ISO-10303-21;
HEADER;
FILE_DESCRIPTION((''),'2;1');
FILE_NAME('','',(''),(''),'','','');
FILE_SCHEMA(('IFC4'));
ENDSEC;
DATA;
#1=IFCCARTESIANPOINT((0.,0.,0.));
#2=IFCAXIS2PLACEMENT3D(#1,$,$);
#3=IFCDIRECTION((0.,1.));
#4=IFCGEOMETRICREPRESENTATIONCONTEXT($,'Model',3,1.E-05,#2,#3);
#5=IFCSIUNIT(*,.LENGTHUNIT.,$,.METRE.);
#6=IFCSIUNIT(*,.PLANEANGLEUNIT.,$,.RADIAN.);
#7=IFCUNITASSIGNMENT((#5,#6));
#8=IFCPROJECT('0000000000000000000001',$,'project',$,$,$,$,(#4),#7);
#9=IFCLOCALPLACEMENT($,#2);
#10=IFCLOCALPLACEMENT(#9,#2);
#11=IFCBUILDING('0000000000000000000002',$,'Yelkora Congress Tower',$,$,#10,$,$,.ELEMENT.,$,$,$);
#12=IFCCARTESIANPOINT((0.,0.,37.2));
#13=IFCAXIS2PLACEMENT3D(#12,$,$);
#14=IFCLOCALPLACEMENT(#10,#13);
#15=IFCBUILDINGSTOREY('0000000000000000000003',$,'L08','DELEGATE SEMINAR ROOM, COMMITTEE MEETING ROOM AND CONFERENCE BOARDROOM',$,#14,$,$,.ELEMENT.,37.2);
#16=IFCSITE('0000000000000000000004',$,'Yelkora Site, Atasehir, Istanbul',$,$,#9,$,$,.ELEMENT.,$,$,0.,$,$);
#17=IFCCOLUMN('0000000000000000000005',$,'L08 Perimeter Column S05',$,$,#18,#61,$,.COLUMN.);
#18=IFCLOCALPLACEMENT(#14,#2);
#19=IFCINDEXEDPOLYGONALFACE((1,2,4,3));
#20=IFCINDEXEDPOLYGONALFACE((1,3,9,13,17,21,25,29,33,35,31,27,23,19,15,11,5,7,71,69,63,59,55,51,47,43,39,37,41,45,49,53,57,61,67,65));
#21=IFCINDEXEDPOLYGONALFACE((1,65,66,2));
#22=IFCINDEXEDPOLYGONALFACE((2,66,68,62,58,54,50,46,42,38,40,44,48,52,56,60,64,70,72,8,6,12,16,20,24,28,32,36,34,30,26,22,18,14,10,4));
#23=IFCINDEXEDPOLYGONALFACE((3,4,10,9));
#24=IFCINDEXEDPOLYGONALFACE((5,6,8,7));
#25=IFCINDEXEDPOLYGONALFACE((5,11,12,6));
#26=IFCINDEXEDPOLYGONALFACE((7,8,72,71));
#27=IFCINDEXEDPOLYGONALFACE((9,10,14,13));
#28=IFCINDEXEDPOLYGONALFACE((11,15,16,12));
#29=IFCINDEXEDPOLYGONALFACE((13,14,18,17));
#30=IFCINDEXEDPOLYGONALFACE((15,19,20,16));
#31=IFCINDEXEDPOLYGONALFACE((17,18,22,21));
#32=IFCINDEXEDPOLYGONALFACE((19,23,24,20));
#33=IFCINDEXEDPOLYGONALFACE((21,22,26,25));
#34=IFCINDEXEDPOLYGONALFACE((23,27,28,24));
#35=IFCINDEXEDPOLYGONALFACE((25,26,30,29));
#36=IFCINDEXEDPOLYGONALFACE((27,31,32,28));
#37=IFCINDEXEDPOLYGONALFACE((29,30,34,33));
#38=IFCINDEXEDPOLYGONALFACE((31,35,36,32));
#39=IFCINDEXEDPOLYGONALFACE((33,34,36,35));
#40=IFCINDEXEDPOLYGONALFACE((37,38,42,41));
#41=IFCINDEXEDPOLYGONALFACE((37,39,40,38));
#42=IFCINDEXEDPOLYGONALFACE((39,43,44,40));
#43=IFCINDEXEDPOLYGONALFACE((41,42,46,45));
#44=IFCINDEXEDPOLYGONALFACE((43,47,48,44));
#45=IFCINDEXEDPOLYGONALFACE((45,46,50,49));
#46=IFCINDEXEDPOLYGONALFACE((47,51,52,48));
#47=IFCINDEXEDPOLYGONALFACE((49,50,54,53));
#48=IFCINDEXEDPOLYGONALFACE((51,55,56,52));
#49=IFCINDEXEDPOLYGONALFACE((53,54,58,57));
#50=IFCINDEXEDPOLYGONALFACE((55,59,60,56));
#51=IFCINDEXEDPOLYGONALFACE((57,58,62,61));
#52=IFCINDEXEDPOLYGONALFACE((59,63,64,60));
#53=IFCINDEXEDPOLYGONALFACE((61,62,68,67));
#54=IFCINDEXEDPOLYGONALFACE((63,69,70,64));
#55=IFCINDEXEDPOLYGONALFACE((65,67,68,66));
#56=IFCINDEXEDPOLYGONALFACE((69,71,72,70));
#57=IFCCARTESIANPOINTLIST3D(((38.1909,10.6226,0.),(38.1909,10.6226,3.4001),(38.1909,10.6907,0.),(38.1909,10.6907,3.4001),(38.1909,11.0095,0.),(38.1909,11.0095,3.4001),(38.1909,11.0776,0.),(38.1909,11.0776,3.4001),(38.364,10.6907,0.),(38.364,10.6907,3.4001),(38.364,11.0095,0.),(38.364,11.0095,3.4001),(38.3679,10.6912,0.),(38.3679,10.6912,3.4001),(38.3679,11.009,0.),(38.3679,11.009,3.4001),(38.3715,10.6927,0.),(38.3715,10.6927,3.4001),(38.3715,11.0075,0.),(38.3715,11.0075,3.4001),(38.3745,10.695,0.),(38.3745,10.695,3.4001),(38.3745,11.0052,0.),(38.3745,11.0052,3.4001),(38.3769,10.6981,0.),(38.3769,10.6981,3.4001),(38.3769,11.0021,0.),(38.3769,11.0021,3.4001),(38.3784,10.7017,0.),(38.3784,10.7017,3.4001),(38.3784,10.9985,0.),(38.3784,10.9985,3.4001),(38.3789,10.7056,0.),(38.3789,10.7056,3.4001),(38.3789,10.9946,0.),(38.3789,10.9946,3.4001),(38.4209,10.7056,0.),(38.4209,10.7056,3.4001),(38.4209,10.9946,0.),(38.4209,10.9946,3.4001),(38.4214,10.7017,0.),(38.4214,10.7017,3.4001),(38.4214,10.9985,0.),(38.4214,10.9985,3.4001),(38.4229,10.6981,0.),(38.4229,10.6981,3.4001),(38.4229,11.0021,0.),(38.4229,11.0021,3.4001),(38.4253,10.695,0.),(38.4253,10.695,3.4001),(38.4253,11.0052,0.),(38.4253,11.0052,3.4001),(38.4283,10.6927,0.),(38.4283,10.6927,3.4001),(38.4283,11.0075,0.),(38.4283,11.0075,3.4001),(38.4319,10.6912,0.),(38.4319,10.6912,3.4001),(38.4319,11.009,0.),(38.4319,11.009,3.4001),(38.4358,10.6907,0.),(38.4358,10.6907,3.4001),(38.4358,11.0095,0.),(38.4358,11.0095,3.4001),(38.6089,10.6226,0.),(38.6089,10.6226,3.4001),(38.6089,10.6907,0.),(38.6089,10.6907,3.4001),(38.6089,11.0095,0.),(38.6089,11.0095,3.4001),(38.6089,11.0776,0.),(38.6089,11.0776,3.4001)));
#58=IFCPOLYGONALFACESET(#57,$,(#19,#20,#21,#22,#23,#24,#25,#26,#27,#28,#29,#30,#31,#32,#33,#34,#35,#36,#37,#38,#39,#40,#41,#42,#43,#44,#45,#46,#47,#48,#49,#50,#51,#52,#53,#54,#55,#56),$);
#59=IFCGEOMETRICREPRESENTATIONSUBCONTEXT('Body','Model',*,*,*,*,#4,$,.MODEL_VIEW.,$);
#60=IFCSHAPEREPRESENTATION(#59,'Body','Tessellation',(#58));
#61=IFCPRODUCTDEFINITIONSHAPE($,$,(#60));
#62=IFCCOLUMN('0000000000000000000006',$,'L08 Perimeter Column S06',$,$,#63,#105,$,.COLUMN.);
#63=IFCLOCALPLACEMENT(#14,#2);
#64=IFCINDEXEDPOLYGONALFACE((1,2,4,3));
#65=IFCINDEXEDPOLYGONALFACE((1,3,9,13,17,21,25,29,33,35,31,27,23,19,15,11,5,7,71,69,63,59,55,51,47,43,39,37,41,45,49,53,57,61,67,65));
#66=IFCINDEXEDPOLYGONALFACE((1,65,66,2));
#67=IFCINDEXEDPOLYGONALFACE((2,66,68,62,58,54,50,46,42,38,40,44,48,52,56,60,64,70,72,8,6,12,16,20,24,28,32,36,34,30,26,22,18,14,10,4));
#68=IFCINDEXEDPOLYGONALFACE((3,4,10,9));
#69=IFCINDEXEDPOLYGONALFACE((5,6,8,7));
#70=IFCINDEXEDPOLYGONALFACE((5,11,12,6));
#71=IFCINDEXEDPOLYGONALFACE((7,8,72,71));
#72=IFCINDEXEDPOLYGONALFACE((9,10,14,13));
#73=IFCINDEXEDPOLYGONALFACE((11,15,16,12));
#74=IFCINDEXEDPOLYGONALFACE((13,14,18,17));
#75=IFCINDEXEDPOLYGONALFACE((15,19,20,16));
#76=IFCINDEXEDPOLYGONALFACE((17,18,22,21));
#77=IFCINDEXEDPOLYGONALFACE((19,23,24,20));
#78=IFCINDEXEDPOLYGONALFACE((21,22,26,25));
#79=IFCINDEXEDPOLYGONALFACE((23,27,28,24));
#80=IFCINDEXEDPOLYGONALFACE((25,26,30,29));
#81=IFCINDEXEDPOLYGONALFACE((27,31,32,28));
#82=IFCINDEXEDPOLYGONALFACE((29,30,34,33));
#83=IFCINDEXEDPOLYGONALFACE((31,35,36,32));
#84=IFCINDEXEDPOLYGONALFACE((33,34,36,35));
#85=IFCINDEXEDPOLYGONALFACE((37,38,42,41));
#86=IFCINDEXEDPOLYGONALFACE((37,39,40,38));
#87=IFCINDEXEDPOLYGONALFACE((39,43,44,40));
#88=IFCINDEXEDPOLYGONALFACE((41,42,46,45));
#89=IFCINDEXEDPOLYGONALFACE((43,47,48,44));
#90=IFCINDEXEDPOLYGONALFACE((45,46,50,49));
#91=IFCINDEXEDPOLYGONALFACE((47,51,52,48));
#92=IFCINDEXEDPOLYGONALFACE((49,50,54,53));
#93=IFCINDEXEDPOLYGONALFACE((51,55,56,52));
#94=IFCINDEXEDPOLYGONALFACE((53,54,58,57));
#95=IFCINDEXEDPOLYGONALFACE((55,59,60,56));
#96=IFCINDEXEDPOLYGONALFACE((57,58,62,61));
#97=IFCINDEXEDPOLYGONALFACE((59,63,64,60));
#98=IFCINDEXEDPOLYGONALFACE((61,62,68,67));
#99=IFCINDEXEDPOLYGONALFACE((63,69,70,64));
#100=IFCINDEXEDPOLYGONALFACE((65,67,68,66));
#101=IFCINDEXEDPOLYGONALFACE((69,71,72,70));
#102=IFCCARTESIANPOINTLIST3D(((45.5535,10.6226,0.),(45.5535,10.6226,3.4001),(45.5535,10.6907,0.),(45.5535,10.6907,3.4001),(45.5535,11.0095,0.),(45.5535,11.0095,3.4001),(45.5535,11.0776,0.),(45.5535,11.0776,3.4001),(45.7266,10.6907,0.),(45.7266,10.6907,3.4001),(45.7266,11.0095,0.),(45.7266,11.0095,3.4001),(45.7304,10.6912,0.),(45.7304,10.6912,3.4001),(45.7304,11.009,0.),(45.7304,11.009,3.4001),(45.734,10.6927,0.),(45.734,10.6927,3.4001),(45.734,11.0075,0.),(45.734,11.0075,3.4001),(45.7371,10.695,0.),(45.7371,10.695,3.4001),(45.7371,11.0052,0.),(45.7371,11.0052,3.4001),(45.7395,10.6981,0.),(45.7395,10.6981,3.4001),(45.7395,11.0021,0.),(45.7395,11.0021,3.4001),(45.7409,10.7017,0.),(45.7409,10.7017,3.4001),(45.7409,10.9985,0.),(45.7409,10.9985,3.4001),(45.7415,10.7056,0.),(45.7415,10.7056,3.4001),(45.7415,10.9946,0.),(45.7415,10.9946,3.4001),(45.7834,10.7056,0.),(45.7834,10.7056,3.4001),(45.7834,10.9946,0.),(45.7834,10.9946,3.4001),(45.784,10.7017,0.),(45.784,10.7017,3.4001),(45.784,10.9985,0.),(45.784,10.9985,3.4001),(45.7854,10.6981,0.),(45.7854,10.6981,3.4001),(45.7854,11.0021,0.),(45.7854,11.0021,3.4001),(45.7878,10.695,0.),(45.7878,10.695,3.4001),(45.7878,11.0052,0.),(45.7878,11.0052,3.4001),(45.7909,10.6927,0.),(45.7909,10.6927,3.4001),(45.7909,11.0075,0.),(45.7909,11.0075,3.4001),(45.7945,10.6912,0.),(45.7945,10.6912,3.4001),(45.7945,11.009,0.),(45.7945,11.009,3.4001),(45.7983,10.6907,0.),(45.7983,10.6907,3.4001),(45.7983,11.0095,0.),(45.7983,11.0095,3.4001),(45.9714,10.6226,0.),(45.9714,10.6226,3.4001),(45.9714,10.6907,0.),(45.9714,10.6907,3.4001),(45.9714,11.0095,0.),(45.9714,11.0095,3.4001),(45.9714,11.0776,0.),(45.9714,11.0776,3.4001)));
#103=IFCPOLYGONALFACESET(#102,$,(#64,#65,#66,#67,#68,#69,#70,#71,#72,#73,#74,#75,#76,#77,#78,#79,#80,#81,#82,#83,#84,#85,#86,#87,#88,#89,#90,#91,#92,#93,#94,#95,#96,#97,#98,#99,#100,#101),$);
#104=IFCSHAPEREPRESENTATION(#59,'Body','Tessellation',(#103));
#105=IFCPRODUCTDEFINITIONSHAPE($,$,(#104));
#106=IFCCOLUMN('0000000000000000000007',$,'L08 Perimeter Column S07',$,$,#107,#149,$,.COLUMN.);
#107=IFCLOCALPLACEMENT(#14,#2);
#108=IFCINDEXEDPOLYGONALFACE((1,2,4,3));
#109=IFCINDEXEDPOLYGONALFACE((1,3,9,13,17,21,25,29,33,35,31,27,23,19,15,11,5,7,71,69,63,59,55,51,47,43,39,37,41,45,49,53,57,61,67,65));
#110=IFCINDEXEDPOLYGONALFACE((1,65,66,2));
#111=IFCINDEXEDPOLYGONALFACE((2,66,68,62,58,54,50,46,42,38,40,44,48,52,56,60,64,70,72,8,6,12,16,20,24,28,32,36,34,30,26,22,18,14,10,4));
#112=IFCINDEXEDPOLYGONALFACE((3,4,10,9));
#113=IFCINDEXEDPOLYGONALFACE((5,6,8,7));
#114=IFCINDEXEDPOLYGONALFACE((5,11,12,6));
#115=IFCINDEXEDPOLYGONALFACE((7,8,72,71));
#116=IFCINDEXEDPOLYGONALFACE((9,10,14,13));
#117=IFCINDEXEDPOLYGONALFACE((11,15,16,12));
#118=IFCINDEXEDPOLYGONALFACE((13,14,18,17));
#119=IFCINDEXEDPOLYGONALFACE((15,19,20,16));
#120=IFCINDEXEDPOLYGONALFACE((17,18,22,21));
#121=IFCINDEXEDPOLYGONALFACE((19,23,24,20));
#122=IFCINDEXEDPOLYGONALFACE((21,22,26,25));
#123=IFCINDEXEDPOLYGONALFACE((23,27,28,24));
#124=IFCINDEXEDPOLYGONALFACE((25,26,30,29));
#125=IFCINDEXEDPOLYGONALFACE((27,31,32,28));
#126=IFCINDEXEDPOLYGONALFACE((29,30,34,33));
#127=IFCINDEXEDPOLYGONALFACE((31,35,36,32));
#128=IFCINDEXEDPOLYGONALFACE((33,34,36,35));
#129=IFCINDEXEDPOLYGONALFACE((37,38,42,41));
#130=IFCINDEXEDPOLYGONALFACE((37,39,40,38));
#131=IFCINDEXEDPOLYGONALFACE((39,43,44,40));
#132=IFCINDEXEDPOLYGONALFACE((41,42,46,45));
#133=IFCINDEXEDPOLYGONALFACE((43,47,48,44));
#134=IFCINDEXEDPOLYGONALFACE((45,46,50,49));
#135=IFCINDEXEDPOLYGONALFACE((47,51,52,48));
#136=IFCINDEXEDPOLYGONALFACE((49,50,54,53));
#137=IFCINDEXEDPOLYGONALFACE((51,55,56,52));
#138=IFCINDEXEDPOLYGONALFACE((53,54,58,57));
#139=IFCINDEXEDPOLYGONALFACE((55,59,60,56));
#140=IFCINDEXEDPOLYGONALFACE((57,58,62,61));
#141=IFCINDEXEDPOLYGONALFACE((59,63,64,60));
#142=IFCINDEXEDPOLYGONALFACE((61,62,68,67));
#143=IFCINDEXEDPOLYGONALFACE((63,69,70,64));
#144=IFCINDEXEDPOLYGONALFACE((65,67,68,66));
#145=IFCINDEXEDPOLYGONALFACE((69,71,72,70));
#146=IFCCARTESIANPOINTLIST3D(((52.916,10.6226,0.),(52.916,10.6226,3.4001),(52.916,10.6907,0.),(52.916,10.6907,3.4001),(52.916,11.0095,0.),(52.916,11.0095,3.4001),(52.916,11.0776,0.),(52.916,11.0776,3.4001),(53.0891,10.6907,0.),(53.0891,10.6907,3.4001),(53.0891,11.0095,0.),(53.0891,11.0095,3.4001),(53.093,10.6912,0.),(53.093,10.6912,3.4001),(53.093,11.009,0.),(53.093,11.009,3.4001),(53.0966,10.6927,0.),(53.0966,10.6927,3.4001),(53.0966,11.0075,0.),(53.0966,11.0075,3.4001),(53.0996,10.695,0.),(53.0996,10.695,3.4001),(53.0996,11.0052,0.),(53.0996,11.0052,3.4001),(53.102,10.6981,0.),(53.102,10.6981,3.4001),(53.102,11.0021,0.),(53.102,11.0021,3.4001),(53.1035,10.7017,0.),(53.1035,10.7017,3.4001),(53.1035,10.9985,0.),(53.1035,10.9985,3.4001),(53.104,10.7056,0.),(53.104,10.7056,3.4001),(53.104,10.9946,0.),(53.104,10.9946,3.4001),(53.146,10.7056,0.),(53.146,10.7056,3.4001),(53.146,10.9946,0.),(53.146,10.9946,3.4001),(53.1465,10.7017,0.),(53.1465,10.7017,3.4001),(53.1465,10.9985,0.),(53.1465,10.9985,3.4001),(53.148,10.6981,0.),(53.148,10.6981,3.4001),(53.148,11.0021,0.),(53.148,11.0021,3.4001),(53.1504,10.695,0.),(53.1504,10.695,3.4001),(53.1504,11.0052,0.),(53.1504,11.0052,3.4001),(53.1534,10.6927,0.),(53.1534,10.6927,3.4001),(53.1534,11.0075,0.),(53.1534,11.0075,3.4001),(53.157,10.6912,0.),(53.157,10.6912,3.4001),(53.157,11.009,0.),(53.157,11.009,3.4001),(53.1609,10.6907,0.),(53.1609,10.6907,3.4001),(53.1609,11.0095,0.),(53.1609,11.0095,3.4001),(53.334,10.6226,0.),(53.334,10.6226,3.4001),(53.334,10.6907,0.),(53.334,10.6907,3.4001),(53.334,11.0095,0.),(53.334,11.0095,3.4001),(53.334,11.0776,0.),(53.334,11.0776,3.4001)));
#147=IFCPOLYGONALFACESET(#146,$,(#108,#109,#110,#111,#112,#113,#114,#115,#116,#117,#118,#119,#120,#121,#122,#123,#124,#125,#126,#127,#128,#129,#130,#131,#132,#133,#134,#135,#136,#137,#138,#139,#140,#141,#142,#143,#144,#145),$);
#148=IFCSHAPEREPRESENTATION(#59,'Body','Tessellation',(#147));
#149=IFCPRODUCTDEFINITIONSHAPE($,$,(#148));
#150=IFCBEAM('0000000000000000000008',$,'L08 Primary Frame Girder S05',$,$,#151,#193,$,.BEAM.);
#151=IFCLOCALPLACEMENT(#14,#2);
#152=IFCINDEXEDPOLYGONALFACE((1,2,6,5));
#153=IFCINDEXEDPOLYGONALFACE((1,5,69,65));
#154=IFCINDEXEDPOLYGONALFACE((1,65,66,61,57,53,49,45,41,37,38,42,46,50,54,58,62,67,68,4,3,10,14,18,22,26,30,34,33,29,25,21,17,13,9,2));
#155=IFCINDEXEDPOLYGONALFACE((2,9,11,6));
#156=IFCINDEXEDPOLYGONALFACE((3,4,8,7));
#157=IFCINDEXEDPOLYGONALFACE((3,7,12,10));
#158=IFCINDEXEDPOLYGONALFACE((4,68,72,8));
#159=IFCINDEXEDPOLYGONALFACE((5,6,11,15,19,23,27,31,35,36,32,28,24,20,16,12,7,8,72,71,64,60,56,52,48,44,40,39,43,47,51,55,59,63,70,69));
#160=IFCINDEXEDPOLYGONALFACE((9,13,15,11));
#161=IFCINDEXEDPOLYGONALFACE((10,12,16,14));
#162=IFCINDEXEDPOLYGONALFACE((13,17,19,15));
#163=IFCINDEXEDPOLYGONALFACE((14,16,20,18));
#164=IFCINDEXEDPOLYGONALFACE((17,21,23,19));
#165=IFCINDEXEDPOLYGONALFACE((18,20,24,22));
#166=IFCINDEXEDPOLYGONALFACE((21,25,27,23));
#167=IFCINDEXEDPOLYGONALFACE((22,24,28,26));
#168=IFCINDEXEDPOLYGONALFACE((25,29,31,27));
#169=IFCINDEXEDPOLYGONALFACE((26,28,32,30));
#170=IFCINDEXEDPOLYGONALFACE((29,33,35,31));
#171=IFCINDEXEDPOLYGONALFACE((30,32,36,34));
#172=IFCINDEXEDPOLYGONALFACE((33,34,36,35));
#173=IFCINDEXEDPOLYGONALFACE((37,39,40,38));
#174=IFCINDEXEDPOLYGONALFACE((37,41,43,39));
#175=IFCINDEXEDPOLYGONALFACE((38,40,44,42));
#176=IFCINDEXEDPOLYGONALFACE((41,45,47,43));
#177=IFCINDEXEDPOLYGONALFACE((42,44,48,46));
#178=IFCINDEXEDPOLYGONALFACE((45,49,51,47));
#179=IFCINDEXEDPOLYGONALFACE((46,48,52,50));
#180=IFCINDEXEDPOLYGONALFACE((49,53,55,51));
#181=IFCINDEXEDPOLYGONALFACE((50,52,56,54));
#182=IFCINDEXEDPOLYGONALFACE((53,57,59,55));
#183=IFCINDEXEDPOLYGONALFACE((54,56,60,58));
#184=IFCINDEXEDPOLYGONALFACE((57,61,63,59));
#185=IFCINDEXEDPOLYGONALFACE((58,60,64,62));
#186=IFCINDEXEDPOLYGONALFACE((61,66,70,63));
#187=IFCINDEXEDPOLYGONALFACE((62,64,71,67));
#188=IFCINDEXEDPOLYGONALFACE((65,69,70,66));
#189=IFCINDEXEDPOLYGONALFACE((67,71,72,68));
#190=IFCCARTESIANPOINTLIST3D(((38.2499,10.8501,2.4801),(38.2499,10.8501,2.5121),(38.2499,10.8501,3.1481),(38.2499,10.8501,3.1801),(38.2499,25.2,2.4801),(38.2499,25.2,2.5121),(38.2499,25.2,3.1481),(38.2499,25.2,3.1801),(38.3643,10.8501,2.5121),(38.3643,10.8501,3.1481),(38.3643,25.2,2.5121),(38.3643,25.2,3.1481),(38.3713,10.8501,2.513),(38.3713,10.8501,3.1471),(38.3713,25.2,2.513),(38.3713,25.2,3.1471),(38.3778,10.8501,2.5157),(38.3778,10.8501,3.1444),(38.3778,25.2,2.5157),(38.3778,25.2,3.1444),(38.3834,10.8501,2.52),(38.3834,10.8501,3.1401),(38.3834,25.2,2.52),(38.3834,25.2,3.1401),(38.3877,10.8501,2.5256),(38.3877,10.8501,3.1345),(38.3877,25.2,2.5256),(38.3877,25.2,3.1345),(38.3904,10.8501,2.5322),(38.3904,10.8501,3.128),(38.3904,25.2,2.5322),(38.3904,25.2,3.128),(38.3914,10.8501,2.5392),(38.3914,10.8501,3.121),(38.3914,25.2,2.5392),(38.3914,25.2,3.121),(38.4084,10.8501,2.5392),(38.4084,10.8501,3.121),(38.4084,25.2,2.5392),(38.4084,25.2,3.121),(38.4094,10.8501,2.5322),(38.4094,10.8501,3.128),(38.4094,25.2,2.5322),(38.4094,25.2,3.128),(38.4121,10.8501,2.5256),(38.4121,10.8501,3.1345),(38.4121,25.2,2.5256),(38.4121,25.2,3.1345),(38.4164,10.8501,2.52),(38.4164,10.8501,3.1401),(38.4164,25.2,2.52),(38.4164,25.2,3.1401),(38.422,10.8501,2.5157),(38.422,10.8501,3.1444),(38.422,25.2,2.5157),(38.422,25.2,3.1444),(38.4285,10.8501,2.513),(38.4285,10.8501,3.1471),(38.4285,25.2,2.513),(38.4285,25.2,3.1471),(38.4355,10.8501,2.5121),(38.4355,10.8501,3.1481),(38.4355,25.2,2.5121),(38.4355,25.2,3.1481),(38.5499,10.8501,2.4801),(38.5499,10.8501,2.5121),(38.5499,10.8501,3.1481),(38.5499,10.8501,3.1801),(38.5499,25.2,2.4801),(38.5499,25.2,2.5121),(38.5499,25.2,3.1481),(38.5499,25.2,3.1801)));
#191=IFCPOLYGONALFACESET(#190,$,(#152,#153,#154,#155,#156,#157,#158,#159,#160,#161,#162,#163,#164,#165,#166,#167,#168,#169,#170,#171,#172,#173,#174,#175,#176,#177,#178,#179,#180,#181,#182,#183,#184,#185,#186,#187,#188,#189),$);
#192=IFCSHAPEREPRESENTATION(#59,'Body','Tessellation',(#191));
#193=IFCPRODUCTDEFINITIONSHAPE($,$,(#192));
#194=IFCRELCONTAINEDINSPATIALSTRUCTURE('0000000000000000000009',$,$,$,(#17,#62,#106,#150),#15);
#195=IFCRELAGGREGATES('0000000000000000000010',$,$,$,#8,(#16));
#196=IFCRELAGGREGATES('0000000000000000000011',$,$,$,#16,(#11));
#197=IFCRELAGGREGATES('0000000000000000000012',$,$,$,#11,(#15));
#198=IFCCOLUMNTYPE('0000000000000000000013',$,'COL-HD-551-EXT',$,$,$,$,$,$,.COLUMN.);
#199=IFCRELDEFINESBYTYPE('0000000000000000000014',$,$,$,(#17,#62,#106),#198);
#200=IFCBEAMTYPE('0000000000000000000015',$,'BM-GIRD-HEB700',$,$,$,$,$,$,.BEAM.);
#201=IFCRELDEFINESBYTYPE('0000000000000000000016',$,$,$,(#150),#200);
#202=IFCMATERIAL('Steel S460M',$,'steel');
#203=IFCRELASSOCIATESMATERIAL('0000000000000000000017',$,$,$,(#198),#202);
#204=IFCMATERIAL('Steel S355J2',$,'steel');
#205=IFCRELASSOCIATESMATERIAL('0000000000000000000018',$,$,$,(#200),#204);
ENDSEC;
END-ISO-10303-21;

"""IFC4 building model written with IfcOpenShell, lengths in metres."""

from ifc_helpers import new_model, si_unit, direction, frame, origin, origin_2d, place, context, subcontext, project, spatial, i_section, extrude, material, material_profile, profile_set, type_object, element, save


model = new_model("IFC4")

# Units and contexts
model_context = context("Model", 3, precision=1e-05, world=origin(), true_north=direction((0.0, 1.0)))
body_context = subcontext(model_context, "Body", "Model", "MODEL_VIEW")
ifc_project = project(units=[si_unit("LENGTHUNIT", "METRE"), si_unit("PLANEANGLEUNIT", "RADIAN")], contexts=[model_context])

# Site, building, storey
site_placement = place(None, origin())
site = spatial("IfcSite", under=ifc_project, at=site_placement, Name="Yelkora Site, Atasehir, Istanbul", CompositionType="ELEMENT", RefElevation=0.0)
building_placement = place(site_placement, origin())
building = spatial("IfcBuilding", under=site, at=building_placement, Name="Yelkora Congress Tower", CompositionType="ELEMENT")
storey_placement = place(building_placement, frame((0.0, 0.0, 37.2)))
storey = spatial("IfcBuildingStorey", under=building, at=storey_placement, Name="L08", Description="DELEGATE SEMINAR ROOM, COMMITTEE MEETING ROOM AND CONFERENCE BOARDROOM", CompositionType="ELEMENT", Elevation=37.2)

# Columns
ifc_material_1 = material(Name="Steel S460M", Category="steel")
ifc_material_profile_1 = material_profile(ifc_material_1, i_section(OverallWidth=0.418, OverallDepth=0.4551, WebThickness=0.042, FlangeThickness=0.0681, FilletRadius=0.0149, at=origin_2d()), Name="HD 400x551")
ifc_profile_set_1 = profile_set([ifc_material_profile_1], Name="Steel S460M")
column_type = type_object("IfcColumnType", Name="COL-HD-551-EXT", PredefinedType="COLUMN", material=ifc_profile_set_1)
for number, where, z_axis, x_axis, name in (
    (1, (38.3999, 10.8501, 0.0), (0.0, 0.0, 1.0), (1.0, 0.0, 0.0), "L08 Perimeter Column S05"),
    (2, (45.7625, 10.8501, 0.0), (0.0, 0.0, 1.0), (1.0, 0.0, 0.0), "L08 Perimeter Column S06"),
    (3, (53.125, 10.8501, 0.0), (0.0, 0.0, 1.0), (1.0, 0.0, 0.0), "L08 Perimeter Column S07"),
):
    element("IfcColumn", number, at=place(storey_placement, frame(where, z_axis=z_axis, x_axis=x_axis)), inside=storey, type_object=column_type, Name=name, PredefinedType="COLUMN", context=body_context, shape_type="SweptSolid", body=[
        extrude(i_section(OverallWidth=0.418, OverallDepth=0.4551, WebThickness=0.042, FlangeThickness=0.0681, FilletRadius=0.0149, at=origin_2d()), origin(), (0.0, 0.0, 1.0), 3.4001),
    ])

# Beam
ifc_material_2 = material(Name="Steel S355J2", Category="steel")
ifc_material_profile_2 = material_profile(ifc_material_2, i_section(OverallWidth=0.3, OverallDepth=0.7, WebThickness=0.0171, FlangeThickness=0.032, FilletRadius=0.0271, at=origin_2d()), Name="HEB 700")
ifc_profile_set_2 = profile_set([ifc_material_profile_2], Name="Steel S355J2")
beam_type_1 = type_object("IfcBeamType", Name="BM-GIRD-HEB700", PredefinedType="BEAM", material=ifc_profile_set_2)
beam_1_placement = place(storey_placement, frame((38.3999, 10.8501, 2.8301), z_axis=(0.0, 1.0, 0.0), x_axis=(-1.0, 0.0, 0.0)))
element("IfcBeam", 4, at=beam_1_placement, inside=storey, type_object=beam_type_1, Name="L08 Primary Frame Girder S05", PredefinedType="BEAM", context=body_context, shape_type="SweptSolid", body=[
    extrude(i_section(OverallWidth=0.3, OverallDepth=0.7, WebThickness=0.0171, FlangeThickness=0.032, FilletRadius=0.0271, at=origin_2d()), origin(), (0.0, 0.0, 1.0), 14.3499),
])

save(model, "model.ifc")
